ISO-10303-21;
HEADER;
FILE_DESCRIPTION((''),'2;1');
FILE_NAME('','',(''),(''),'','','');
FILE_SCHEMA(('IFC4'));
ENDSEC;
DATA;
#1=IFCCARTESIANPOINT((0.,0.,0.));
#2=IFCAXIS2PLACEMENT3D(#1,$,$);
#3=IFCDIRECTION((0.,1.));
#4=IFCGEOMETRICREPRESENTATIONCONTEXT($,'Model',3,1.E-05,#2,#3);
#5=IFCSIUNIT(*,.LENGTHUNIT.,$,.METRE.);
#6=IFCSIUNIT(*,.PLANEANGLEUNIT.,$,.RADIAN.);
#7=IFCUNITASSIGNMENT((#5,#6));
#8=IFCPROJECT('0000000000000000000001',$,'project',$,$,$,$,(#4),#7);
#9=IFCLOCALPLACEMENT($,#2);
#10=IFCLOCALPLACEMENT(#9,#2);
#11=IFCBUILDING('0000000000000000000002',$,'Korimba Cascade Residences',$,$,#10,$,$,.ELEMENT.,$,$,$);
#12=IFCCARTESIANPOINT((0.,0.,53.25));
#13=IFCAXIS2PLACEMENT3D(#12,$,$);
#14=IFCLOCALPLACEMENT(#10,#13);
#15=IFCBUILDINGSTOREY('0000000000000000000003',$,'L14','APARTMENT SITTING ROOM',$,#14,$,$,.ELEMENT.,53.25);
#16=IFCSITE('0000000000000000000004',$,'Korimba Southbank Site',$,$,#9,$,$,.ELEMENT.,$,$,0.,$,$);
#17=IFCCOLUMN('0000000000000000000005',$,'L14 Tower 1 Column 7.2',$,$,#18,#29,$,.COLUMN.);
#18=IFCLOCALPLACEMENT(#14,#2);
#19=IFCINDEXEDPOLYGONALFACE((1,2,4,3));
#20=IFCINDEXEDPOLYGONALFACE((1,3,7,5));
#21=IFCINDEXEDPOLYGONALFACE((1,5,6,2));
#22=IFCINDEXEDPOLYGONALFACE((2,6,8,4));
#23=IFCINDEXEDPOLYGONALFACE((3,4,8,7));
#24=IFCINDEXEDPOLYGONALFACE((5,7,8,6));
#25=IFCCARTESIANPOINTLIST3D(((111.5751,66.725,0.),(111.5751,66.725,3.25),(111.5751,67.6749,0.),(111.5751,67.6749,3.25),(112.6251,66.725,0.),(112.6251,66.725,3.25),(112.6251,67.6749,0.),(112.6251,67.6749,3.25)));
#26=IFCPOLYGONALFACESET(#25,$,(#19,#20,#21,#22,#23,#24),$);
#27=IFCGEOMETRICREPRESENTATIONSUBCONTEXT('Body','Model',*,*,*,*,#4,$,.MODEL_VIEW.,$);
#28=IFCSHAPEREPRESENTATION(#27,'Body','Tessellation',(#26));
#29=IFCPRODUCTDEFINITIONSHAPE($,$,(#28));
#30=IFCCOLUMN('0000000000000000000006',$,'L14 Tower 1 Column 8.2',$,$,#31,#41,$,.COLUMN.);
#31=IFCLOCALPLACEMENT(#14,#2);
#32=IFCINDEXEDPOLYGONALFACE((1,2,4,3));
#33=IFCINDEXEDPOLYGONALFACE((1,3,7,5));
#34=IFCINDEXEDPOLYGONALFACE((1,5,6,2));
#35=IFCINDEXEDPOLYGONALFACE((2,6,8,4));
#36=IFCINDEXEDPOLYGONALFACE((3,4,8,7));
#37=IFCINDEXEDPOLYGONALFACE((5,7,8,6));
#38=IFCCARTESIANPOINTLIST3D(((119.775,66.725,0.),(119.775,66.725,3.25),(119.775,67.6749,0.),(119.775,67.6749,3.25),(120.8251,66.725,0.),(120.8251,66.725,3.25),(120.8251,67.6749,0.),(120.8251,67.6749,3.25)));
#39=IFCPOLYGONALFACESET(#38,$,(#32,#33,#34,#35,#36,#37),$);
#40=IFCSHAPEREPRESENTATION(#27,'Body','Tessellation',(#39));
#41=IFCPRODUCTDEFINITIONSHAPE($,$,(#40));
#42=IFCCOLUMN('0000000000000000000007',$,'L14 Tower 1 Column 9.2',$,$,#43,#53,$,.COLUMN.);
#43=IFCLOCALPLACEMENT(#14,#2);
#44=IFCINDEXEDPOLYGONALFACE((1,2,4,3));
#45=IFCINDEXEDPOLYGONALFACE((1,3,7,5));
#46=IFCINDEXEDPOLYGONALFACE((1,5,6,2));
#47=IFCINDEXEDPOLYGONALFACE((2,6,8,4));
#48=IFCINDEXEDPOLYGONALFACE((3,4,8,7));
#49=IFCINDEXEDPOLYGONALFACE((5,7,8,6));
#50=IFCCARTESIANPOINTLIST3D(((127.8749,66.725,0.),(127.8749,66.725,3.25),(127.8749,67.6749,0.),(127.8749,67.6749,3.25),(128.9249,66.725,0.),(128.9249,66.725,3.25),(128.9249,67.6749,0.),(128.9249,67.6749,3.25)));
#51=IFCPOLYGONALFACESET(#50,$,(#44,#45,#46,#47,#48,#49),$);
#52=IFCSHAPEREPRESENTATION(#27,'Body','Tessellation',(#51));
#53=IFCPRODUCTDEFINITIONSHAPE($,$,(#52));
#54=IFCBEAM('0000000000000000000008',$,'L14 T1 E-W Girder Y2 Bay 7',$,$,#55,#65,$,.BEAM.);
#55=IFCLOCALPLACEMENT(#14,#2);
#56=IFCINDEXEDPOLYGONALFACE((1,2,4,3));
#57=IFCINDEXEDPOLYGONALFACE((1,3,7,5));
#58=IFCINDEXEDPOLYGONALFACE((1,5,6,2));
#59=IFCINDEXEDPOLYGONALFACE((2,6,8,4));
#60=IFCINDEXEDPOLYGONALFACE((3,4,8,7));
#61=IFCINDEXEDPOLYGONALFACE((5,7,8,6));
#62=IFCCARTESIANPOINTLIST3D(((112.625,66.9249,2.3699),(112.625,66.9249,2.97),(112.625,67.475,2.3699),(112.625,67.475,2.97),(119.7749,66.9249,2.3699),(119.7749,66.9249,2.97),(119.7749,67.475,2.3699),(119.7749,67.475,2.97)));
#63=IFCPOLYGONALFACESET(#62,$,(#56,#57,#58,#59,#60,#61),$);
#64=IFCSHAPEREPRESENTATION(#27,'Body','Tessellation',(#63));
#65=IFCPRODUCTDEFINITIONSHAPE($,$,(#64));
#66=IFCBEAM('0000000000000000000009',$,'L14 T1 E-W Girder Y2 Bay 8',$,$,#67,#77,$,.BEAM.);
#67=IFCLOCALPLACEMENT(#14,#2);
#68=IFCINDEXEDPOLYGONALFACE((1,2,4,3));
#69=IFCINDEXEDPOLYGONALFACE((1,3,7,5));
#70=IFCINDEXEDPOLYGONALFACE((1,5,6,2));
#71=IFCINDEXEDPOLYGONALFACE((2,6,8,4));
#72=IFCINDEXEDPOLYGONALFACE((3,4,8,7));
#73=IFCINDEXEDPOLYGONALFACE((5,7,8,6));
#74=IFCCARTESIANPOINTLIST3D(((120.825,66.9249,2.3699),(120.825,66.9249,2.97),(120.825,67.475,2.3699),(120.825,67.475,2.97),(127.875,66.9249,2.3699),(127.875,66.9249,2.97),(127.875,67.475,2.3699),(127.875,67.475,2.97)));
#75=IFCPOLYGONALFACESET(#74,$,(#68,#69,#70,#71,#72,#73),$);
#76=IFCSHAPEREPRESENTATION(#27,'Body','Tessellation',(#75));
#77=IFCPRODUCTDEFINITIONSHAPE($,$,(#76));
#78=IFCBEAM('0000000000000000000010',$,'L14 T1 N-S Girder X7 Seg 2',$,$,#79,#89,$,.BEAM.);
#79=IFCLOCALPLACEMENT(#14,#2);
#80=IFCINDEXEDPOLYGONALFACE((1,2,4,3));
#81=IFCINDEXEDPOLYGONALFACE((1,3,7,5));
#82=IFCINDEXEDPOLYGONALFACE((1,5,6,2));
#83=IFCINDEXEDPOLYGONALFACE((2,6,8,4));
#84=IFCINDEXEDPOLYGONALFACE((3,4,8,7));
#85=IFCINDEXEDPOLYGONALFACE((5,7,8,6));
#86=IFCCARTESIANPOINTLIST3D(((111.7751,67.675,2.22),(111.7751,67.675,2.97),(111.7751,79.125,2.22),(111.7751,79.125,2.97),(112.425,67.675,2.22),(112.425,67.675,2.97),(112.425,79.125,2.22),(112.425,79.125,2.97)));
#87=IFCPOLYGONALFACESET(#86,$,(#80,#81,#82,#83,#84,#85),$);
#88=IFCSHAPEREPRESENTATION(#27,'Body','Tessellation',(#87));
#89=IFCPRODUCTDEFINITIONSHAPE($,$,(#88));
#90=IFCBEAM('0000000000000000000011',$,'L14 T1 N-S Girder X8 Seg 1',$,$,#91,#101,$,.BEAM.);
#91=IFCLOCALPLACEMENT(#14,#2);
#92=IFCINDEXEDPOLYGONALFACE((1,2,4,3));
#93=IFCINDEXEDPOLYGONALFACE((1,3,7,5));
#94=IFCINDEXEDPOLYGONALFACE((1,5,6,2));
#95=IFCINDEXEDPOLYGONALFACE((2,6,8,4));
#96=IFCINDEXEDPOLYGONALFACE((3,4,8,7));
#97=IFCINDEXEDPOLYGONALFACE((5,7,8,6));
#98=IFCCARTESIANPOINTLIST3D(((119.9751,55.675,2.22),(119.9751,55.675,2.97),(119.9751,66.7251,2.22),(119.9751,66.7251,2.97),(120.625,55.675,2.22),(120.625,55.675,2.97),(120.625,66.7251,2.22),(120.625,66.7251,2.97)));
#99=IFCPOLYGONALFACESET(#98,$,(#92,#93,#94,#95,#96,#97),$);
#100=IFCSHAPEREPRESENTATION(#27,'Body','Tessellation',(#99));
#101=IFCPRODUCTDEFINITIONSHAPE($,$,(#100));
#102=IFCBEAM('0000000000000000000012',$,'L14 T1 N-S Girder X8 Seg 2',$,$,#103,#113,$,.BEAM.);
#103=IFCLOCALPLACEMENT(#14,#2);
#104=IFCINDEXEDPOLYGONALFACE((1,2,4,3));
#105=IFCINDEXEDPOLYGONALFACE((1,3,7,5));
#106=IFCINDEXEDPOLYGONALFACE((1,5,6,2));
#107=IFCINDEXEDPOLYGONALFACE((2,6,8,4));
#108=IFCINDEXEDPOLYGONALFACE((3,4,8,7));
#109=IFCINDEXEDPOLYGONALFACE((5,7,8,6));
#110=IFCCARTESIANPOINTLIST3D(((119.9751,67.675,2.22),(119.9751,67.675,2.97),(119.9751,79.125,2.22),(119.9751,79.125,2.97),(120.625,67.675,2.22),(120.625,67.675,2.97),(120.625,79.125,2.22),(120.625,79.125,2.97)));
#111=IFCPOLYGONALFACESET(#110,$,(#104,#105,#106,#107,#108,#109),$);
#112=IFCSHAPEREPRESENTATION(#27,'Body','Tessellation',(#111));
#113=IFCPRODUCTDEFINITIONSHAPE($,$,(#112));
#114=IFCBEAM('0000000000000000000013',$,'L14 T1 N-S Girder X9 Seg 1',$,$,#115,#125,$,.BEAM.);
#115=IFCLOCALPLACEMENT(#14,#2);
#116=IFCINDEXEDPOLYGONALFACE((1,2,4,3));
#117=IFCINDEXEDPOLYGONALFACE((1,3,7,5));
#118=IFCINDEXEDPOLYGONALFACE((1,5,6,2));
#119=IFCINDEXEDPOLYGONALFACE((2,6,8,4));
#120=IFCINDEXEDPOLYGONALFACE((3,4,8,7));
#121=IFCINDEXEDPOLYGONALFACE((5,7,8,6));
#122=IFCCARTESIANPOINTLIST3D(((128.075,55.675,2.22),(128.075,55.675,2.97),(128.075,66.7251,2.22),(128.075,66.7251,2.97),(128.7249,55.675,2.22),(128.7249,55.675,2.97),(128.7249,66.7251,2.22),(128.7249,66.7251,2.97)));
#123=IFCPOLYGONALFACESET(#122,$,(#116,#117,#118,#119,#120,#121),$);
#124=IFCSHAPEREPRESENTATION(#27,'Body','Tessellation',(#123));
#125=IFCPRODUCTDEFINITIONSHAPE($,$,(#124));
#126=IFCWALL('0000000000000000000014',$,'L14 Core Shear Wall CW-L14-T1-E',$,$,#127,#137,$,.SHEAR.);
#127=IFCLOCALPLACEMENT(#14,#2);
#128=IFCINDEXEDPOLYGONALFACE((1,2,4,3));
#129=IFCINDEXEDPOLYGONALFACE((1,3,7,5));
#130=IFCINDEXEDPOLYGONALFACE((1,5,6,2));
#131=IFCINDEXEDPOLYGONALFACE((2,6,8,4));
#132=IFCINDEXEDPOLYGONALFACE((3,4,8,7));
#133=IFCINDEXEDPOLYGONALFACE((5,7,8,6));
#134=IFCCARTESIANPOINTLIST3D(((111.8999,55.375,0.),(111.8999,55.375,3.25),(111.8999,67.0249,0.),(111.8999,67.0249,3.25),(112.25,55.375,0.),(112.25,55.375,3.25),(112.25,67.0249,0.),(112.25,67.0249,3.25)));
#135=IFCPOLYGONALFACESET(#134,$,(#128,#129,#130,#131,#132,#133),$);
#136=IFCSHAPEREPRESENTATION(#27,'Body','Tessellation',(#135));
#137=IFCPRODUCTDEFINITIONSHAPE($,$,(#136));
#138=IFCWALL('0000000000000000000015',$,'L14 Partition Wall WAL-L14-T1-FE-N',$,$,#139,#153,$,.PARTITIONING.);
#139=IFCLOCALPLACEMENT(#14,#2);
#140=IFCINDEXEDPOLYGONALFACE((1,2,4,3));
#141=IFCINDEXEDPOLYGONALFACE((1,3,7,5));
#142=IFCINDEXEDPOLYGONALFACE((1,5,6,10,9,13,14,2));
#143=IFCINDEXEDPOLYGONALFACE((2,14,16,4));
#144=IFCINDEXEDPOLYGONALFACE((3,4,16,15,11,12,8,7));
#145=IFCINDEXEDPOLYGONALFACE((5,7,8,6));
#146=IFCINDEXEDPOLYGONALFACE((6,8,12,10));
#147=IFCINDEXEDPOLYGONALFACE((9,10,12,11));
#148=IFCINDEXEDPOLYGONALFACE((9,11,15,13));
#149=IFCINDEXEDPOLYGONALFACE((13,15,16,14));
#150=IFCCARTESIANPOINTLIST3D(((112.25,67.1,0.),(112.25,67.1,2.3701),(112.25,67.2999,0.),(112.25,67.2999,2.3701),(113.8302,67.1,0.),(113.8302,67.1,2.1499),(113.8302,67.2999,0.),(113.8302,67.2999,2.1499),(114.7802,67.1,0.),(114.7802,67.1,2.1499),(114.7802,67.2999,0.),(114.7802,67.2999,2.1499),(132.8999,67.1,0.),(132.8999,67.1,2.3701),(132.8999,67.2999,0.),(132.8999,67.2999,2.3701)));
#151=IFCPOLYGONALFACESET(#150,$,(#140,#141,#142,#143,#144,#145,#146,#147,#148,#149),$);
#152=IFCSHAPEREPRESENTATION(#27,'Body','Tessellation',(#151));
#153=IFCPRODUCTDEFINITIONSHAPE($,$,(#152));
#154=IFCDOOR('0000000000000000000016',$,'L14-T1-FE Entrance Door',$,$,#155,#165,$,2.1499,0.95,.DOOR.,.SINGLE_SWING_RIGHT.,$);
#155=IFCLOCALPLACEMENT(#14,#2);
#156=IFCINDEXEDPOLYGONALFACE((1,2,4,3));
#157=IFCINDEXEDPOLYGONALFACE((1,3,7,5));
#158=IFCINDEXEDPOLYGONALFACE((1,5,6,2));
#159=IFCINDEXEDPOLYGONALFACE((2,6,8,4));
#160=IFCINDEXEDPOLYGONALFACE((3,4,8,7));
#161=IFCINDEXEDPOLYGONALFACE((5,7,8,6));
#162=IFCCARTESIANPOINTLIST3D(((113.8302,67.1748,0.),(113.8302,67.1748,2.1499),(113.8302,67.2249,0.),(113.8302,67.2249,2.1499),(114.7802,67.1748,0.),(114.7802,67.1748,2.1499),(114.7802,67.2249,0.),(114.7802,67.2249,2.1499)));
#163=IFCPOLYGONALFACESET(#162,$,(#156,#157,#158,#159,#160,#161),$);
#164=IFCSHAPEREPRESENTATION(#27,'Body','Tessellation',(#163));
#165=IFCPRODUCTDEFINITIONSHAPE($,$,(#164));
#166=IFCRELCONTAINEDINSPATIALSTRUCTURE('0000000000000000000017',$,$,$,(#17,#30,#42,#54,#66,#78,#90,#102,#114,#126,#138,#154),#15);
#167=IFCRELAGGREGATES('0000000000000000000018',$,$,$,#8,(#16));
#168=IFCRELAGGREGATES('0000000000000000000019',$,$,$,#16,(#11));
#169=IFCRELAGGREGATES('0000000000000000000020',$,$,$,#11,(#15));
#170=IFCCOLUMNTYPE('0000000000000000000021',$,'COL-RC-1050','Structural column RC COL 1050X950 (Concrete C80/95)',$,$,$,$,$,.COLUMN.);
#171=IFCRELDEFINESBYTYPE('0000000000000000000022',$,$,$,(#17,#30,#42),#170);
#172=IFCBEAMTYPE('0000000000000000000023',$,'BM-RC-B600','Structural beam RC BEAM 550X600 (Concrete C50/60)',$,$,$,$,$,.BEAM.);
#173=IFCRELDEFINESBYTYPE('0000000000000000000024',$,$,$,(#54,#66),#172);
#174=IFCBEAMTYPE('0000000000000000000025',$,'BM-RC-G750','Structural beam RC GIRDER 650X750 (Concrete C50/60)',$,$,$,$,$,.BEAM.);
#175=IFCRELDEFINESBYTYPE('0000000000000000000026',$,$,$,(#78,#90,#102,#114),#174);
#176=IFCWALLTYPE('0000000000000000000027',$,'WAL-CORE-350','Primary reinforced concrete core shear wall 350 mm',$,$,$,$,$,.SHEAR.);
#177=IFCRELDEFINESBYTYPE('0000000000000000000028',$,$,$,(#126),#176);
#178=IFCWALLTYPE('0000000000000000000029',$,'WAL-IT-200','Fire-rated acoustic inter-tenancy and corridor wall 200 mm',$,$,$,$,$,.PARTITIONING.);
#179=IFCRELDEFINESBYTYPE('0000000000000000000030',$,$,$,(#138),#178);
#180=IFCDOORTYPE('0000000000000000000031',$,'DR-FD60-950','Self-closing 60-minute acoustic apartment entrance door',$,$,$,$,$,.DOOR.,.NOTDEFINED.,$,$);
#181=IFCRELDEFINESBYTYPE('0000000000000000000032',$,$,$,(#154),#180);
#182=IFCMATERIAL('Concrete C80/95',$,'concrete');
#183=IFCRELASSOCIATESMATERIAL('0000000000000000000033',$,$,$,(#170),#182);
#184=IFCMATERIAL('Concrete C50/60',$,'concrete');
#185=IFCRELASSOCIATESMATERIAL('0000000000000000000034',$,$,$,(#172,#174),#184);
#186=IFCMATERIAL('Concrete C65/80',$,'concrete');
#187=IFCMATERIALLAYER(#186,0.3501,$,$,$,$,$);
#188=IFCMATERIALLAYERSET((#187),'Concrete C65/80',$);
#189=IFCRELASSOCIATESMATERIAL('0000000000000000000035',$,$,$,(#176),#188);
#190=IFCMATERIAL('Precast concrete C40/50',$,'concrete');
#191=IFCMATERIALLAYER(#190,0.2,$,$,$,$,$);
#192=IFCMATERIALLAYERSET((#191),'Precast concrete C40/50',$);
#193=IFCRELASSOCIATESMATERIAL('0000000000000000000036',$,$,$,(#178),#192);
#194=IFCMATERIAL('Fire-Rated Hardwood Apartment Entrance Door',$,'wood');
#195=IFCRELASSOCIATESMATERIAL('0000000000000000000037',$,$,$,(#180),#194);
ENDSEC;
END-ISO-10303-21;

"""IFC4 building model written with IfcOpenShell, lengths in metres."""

from ifc_helpers import new_model, si_unit, direction, frame, frame_2d, origin, origin_2d, place, context, subcontext, project, spatial, rectangle, extrude, material, layer, layer_set, material_profile, profile_set, type_object, element, fill, save


model = new_model("IFC4")

# Units and contexts
model_context = context("Model", 3, precision=1e-05, world=origin(), true_north=direction((0.0, 1.0)))
body_context = subcontext(model_context, "Body", "Model", "MODEL_VIEW")
ifc_project = project(units=[si_unit("LENGTHUNIT", "METRE"), si_unit("PLANEANGLEUNIT", "RADIAN")], contexts=[model_context])

# Site, building, storey
site_placement = place(None, origin())
site = spatial("IfcSite", under=ifc_project, at=site_placement, Name="Korimba Southbank Site", CompositionType="ELEMENT", RefElevation=0.0)
building_placement = place(site_placement, origin())
building = spatial("IfcBuilding", under=site, at=building_placement, Name="Korimba Cascade Residences", CompositionType="ELEMENT")
storey_placement = place(building_placement, frame((0.0, 0.0, 53.25)))
storey = spatial("IfcBuildingStorey", under=building, at=storey_placement, Name="L14", Description="APARTMENT SITTING ROOM", CompositionType="ELEMENT", Elevation=53.25)

# Columns
ifc_material_1 = material(Name="Concrete C80/95", Category="concrete")
ifc_material_profile_1 = material_profile(ifc_material_1, rectangle(XDim=1.05, YDim=0.95, at=origin_2d()), Name="Concrete C80/95")
ifc_profile_set_1 = profile_set([ifc_material_profile_1], Name="Concrete C80/95")
column_type = type_object("IfcColumnType", Name="COL-RC-1050", Description="Structural column RC COL 1050X950 (Concrete C80/95)", PredefinedType="COLUMN", material=ifc_profile_set_1)
for number, where, z_axis, x_axis, name in (
    (1, (112.1001, 67.2, 0.0), (0.0, 0.0, 1.0), (1.0, 0.0, 0.0), "L14 Tower 1 Column 7.2"),
    (2, (120.3, 67.2, 0.0), (0.0, 0.0, 1.0), (1.0, 0.0, 0.0), "L14 Tower 1 Column 8.2"),
    (3, (128.3999, 67.2, 0.0), (0.0, 0.0, 1.0), (1.0, 0.0, 0.0), "L14 Tower 1 Column 9.2"),
):
    element("IfcColumn", number, at=place(storey_placement, frame(where, z_axis=z_axis, x_axis=x_axis)), inside=storey, type_object=column_type, Name=name, PredefinedType="COLUMN", context=body_context, shape_type="SweptSolid", body=[
        extrude(rectangle(XDim=1.05, YDim=0.95, at=origin_2d()), origin(), (0.0, 0.0, 1.0), 3.25),
    ])

# Beams
ifc_material_2 = material(Name="Concrete C50/60", Category="concrete")
ifc_material_profile_2 = material_profile(ifc_material_2, rectangle(XDim=0.55, YDim=0.6001, at=origin_2d()), Name="Concrete C50/60")
ifc_profile_set_2 = profile_set([ifc_material_profile_2], Name="Concrete C50/60")
beam_type_1 = type_object("IfcBeamType", Name="BM-RC-B600", Description="Structural beam RC BEAM 550X600 (Concrete C50/60)", PredefinedType="BEAM", material=ifc_profile_set_2)
beam_1_placement = place(storey_placement, frame((112.625, 67.2, 2.6699), z_axis=(1.0, 0.0, 0.0), x_axis=(0.0, 1.0, 0.0)))
element("IfcBeam", 4, at=beam_1_placement, inside=storey, type_object=beam_type_1, Name="L14 T1 E-W Girder Y2 Bay 7", PredefinedType="BEAM", context=body_context, shape_type="SweptSolid", body=[
    extrude(rectangle(XDim=0.55, YDim=0.6001, at=origin_2d()), origin(), (0.0, 0.0, 1.0), 7.1499),
])
beam_2_placement = place(storey_placement, frame((120.825, 67.2, 2.6699), z_axis=(1.0, 0.0, 0.0), x_axis=(0.0, 1.0, 0.0)))
element("IfcBeam", 5, at=beam_2_placement, inside=storey, type_object=beam_type_1, Name="L14 T1 E-W Girder Y2 Bay 8", PredefinedType="BEAM", context=body_context, shape_type="SweptSolid", body=[
    extrude(rectangle(XDim=0.55, YDim=0.6001, at=origin_2d()), origin(), (0.0, 0.0, 1.0), 7.05),
])
ifc_material_profile_3 = material_profile(ifc_material_2, rectangle(XDim=0.6499, YDim=0.75, at=origin_2d()), Name="Concrete C50/60")
ifc_profile_set_3 = profile_set([ifc_material_profile_3], Name="Concrete C50/60")
beam_type_2 = type_object("IfcBeamType", Name="BM-RC-G750", Description="Structural beam RC GIRDER 650X750 (Concrete C50/60)", PredefinedType="BEAM", material=ifc_profile_set_3)
beam_3_placement = place(storey_placement, frame((112.1001, 67.675, 2.595), z_axis=(0.0, 1.0, 0.0), x_axis=(-1.0, 0.0, 0.0)))
element("IfcBeam", 6, at=beam_3_placement, inside=storey, type_object=beam_type_2, Name="L14 T1 N-S Girder X7 Seg 2", PredefinedType="BEAM", context=body_context, shape_type="SweptSolid", body=[
    extrude(rectangle(XDim=0.6499, YDim=0.75, at=origin_2d()), origin(), (0.0, 0.0, 1.0), 11.45),
])
beam_4_placement = place(storey_placement, frame((120.3, 55.675, 2.595), z_axis=(0.0, 1.0, 0.0), x_axis=(-1.0, 0.0, 0.0)))
element("IfcBeam", 7, at=beam_4_placement, inside=storey, type_object=beam_type_2, Name="L14 T1 N-S Girder X8 Seg 1", PredefinedType="BEAM", context=body_context, shape_type="SweptSolid", body=[
    extrude(rectangle(XDim=0.6499, YDim=0.75, at=origin_2d()), origin(), (0.0, 0.0, 1.0), 11.05),
])
beam_5_placement = place(storey_placement, frame((120.3, 67.675, 2.595), z_axis=(0.0, 1.0, 0.0), x_axis=(-1.0, 0.0, 0.0)))
element("IfcBeam", 8, at=beam_5_placement, inside=storey, type_object=beam_type_2, Name="L14 T1 N-S Girder X8 Seg 2", PredefinedType="BEAM", context=body_context, shape_type="SweptSolid", body=[
    extrude(rectangle(XDim=0.6499, YDim=0.75, at=origin_2d()), origin(), (0.0, 0.0, 1.0), 11.45),
])
beam_6_placement = place(storey_placement, frame((128.3999, 55.675, 2.595), z_axis=(0.0, 1.0, 0.0), x_axis=(-1.0, 0.0, 0.0)))
element("IfcBeam", 9, at=beam_6_placement, inside=storey, type_object=beam_type_2, Name="L14 T1 N-S Girder X9 Seg 1", PredefinedType="BEAM", context=body_context, shape_type="SweptSolid", body=[
    extrude(rectangle(XDim=0.6499, YDim=0.75, at=origin_2d()), origin(), (0.0, 0.0, 1.0), 11.05),
])

# Wall
ifc_material_3 = material(Name="Concrete C65/80", Category="concrete")
ifc_layer_1 = layer(ifc_material_3, 0.3501)
ifc_layer_set_1 = layer_set([ifc_layer_1], Name="Concrete C65/80")
wall_type_1 = type_object("IfcWallType", Name="WAL-CORE-350", Description="Primary reinforced concrete core shear wall 350 mm", PredefinedType="SHEAR", material=ifc_layer_set_1)
wall_1_placement = place(storey_placement, frame((112.075, 55.375, 0.0), z_axis=(0.0, 0.0, 1.0), x_axis=(0.0, 1.0, 0.0)))
element("IfcWall", 10, at=wall_1_placement, inside=storey, type_object=wall_type_1, Name="L14 Core Shear Wall CW-L14-T1-E", PredefinedType="SHEAR", context=body_context, shape_type="SweptSolid", body=[
    extrude(rectangle(XDim=11.6499, YDim=0.3501, at=frame_2d((5.825, 0.0))), origin(), (0.0, 0.0, 1.0), 3.25),
])

# Wall, opening, door
ifc_material_4 = material(Name="Precast concrete C40/50", Category="concrete")
ifc_layer_2 = layer(ifc_material_4, 0.2)
ifc_layer_set_2 = layer_set([ifc_layer_2], Name="Precast concrete C40/50")
wall_type_2 = type_object("IfcWallType", Name="WAL-IT-200", Description="Fire-rated acoustic inter-tenancy and corridor wall 200 mm", PredefinedType="PARTITIONING", material=ifc_layer_set_2)
wall_2_placement = place(storey_placement, frame((112.25, 67.2, 0.0), z_axis=(0.0, 0.0, 1.0), x_axis=(1.0, 0.0, 0.0)))
wall_2 = element("IfcWall", 11, at=wall_2_placement, inside=storey, type_object=wall_type_2, Name="L14 Partition Wall WAL-L14-T1-FE-N", PredefinedType="PARTITIONING", context=body_context, shape_type="SweptSolid", body=[
    extrude(rectangle(XDim=20.6499, YDim=0.2, at=frame_2d((10.325, 0.0))), origin(), (0.0, 0.0, 1.0), 2.3701),
])
opening_1_placement = place(wall_2_placement, frame((1.5801, 0.0, 0.0)))
opening_1 = element("IfcOpeningElement", 12, at=opening_1_placement, cuts=wall_2, PredefinedType="OPENING", context=body_context, shape_type="SweptSolid", body=[
    extrude(rectangle(XDim=0.95, YDim=2.1499, at=frame_2d((0.4751, 1.075))), frame((0.0, 0.1099, 0.0), z_axis=(0.0, -1.0, 0.0), x_axis=(1.0, 0.0, 0.0)), (0.0, 0.0, 1.0), 0.22),
])
ifc_material_5 = material(Name="Fire-Rated Hardwood Apartment Entrance Door", Category="wood")
door_type_1 = type_object("IfcDoorType", Name="DR-FD60-950", Description="Self-closing 60-minute acoustic apartment entrance door", OperationType="NOTDEFINED", PredefinedType="DOOR", material=ifc_material_5)
door_1_placement = place(opening_1_placement, origin())
door_1 = element("IfcDoor", 13, at=door_1_placement, inside=storey, type_object=door_type_1, Name="L14-T1-FE Entrance Door", OperationType="SINGLE_SWING_RIGHT", OverallHeight=2.1499, OverallWidth=0.95, PredefinedType="DOOR", context=body_context, shape_type="SweptSolid", body=[
    extrude(rectangle(XDim=0.95, YDim=2.1499, at=frame_2d((0.4751, 1.075))), frame((0.0, 0.0249, 0.0), z_axis=(0.0, -1.0, 0.0), x_axis=(1.0, 0.0, 0.0)), (0.0, 0.0, 1.0), 0.05),
])
fill(opening_1, door_1)

save(model, "model.ifc")
